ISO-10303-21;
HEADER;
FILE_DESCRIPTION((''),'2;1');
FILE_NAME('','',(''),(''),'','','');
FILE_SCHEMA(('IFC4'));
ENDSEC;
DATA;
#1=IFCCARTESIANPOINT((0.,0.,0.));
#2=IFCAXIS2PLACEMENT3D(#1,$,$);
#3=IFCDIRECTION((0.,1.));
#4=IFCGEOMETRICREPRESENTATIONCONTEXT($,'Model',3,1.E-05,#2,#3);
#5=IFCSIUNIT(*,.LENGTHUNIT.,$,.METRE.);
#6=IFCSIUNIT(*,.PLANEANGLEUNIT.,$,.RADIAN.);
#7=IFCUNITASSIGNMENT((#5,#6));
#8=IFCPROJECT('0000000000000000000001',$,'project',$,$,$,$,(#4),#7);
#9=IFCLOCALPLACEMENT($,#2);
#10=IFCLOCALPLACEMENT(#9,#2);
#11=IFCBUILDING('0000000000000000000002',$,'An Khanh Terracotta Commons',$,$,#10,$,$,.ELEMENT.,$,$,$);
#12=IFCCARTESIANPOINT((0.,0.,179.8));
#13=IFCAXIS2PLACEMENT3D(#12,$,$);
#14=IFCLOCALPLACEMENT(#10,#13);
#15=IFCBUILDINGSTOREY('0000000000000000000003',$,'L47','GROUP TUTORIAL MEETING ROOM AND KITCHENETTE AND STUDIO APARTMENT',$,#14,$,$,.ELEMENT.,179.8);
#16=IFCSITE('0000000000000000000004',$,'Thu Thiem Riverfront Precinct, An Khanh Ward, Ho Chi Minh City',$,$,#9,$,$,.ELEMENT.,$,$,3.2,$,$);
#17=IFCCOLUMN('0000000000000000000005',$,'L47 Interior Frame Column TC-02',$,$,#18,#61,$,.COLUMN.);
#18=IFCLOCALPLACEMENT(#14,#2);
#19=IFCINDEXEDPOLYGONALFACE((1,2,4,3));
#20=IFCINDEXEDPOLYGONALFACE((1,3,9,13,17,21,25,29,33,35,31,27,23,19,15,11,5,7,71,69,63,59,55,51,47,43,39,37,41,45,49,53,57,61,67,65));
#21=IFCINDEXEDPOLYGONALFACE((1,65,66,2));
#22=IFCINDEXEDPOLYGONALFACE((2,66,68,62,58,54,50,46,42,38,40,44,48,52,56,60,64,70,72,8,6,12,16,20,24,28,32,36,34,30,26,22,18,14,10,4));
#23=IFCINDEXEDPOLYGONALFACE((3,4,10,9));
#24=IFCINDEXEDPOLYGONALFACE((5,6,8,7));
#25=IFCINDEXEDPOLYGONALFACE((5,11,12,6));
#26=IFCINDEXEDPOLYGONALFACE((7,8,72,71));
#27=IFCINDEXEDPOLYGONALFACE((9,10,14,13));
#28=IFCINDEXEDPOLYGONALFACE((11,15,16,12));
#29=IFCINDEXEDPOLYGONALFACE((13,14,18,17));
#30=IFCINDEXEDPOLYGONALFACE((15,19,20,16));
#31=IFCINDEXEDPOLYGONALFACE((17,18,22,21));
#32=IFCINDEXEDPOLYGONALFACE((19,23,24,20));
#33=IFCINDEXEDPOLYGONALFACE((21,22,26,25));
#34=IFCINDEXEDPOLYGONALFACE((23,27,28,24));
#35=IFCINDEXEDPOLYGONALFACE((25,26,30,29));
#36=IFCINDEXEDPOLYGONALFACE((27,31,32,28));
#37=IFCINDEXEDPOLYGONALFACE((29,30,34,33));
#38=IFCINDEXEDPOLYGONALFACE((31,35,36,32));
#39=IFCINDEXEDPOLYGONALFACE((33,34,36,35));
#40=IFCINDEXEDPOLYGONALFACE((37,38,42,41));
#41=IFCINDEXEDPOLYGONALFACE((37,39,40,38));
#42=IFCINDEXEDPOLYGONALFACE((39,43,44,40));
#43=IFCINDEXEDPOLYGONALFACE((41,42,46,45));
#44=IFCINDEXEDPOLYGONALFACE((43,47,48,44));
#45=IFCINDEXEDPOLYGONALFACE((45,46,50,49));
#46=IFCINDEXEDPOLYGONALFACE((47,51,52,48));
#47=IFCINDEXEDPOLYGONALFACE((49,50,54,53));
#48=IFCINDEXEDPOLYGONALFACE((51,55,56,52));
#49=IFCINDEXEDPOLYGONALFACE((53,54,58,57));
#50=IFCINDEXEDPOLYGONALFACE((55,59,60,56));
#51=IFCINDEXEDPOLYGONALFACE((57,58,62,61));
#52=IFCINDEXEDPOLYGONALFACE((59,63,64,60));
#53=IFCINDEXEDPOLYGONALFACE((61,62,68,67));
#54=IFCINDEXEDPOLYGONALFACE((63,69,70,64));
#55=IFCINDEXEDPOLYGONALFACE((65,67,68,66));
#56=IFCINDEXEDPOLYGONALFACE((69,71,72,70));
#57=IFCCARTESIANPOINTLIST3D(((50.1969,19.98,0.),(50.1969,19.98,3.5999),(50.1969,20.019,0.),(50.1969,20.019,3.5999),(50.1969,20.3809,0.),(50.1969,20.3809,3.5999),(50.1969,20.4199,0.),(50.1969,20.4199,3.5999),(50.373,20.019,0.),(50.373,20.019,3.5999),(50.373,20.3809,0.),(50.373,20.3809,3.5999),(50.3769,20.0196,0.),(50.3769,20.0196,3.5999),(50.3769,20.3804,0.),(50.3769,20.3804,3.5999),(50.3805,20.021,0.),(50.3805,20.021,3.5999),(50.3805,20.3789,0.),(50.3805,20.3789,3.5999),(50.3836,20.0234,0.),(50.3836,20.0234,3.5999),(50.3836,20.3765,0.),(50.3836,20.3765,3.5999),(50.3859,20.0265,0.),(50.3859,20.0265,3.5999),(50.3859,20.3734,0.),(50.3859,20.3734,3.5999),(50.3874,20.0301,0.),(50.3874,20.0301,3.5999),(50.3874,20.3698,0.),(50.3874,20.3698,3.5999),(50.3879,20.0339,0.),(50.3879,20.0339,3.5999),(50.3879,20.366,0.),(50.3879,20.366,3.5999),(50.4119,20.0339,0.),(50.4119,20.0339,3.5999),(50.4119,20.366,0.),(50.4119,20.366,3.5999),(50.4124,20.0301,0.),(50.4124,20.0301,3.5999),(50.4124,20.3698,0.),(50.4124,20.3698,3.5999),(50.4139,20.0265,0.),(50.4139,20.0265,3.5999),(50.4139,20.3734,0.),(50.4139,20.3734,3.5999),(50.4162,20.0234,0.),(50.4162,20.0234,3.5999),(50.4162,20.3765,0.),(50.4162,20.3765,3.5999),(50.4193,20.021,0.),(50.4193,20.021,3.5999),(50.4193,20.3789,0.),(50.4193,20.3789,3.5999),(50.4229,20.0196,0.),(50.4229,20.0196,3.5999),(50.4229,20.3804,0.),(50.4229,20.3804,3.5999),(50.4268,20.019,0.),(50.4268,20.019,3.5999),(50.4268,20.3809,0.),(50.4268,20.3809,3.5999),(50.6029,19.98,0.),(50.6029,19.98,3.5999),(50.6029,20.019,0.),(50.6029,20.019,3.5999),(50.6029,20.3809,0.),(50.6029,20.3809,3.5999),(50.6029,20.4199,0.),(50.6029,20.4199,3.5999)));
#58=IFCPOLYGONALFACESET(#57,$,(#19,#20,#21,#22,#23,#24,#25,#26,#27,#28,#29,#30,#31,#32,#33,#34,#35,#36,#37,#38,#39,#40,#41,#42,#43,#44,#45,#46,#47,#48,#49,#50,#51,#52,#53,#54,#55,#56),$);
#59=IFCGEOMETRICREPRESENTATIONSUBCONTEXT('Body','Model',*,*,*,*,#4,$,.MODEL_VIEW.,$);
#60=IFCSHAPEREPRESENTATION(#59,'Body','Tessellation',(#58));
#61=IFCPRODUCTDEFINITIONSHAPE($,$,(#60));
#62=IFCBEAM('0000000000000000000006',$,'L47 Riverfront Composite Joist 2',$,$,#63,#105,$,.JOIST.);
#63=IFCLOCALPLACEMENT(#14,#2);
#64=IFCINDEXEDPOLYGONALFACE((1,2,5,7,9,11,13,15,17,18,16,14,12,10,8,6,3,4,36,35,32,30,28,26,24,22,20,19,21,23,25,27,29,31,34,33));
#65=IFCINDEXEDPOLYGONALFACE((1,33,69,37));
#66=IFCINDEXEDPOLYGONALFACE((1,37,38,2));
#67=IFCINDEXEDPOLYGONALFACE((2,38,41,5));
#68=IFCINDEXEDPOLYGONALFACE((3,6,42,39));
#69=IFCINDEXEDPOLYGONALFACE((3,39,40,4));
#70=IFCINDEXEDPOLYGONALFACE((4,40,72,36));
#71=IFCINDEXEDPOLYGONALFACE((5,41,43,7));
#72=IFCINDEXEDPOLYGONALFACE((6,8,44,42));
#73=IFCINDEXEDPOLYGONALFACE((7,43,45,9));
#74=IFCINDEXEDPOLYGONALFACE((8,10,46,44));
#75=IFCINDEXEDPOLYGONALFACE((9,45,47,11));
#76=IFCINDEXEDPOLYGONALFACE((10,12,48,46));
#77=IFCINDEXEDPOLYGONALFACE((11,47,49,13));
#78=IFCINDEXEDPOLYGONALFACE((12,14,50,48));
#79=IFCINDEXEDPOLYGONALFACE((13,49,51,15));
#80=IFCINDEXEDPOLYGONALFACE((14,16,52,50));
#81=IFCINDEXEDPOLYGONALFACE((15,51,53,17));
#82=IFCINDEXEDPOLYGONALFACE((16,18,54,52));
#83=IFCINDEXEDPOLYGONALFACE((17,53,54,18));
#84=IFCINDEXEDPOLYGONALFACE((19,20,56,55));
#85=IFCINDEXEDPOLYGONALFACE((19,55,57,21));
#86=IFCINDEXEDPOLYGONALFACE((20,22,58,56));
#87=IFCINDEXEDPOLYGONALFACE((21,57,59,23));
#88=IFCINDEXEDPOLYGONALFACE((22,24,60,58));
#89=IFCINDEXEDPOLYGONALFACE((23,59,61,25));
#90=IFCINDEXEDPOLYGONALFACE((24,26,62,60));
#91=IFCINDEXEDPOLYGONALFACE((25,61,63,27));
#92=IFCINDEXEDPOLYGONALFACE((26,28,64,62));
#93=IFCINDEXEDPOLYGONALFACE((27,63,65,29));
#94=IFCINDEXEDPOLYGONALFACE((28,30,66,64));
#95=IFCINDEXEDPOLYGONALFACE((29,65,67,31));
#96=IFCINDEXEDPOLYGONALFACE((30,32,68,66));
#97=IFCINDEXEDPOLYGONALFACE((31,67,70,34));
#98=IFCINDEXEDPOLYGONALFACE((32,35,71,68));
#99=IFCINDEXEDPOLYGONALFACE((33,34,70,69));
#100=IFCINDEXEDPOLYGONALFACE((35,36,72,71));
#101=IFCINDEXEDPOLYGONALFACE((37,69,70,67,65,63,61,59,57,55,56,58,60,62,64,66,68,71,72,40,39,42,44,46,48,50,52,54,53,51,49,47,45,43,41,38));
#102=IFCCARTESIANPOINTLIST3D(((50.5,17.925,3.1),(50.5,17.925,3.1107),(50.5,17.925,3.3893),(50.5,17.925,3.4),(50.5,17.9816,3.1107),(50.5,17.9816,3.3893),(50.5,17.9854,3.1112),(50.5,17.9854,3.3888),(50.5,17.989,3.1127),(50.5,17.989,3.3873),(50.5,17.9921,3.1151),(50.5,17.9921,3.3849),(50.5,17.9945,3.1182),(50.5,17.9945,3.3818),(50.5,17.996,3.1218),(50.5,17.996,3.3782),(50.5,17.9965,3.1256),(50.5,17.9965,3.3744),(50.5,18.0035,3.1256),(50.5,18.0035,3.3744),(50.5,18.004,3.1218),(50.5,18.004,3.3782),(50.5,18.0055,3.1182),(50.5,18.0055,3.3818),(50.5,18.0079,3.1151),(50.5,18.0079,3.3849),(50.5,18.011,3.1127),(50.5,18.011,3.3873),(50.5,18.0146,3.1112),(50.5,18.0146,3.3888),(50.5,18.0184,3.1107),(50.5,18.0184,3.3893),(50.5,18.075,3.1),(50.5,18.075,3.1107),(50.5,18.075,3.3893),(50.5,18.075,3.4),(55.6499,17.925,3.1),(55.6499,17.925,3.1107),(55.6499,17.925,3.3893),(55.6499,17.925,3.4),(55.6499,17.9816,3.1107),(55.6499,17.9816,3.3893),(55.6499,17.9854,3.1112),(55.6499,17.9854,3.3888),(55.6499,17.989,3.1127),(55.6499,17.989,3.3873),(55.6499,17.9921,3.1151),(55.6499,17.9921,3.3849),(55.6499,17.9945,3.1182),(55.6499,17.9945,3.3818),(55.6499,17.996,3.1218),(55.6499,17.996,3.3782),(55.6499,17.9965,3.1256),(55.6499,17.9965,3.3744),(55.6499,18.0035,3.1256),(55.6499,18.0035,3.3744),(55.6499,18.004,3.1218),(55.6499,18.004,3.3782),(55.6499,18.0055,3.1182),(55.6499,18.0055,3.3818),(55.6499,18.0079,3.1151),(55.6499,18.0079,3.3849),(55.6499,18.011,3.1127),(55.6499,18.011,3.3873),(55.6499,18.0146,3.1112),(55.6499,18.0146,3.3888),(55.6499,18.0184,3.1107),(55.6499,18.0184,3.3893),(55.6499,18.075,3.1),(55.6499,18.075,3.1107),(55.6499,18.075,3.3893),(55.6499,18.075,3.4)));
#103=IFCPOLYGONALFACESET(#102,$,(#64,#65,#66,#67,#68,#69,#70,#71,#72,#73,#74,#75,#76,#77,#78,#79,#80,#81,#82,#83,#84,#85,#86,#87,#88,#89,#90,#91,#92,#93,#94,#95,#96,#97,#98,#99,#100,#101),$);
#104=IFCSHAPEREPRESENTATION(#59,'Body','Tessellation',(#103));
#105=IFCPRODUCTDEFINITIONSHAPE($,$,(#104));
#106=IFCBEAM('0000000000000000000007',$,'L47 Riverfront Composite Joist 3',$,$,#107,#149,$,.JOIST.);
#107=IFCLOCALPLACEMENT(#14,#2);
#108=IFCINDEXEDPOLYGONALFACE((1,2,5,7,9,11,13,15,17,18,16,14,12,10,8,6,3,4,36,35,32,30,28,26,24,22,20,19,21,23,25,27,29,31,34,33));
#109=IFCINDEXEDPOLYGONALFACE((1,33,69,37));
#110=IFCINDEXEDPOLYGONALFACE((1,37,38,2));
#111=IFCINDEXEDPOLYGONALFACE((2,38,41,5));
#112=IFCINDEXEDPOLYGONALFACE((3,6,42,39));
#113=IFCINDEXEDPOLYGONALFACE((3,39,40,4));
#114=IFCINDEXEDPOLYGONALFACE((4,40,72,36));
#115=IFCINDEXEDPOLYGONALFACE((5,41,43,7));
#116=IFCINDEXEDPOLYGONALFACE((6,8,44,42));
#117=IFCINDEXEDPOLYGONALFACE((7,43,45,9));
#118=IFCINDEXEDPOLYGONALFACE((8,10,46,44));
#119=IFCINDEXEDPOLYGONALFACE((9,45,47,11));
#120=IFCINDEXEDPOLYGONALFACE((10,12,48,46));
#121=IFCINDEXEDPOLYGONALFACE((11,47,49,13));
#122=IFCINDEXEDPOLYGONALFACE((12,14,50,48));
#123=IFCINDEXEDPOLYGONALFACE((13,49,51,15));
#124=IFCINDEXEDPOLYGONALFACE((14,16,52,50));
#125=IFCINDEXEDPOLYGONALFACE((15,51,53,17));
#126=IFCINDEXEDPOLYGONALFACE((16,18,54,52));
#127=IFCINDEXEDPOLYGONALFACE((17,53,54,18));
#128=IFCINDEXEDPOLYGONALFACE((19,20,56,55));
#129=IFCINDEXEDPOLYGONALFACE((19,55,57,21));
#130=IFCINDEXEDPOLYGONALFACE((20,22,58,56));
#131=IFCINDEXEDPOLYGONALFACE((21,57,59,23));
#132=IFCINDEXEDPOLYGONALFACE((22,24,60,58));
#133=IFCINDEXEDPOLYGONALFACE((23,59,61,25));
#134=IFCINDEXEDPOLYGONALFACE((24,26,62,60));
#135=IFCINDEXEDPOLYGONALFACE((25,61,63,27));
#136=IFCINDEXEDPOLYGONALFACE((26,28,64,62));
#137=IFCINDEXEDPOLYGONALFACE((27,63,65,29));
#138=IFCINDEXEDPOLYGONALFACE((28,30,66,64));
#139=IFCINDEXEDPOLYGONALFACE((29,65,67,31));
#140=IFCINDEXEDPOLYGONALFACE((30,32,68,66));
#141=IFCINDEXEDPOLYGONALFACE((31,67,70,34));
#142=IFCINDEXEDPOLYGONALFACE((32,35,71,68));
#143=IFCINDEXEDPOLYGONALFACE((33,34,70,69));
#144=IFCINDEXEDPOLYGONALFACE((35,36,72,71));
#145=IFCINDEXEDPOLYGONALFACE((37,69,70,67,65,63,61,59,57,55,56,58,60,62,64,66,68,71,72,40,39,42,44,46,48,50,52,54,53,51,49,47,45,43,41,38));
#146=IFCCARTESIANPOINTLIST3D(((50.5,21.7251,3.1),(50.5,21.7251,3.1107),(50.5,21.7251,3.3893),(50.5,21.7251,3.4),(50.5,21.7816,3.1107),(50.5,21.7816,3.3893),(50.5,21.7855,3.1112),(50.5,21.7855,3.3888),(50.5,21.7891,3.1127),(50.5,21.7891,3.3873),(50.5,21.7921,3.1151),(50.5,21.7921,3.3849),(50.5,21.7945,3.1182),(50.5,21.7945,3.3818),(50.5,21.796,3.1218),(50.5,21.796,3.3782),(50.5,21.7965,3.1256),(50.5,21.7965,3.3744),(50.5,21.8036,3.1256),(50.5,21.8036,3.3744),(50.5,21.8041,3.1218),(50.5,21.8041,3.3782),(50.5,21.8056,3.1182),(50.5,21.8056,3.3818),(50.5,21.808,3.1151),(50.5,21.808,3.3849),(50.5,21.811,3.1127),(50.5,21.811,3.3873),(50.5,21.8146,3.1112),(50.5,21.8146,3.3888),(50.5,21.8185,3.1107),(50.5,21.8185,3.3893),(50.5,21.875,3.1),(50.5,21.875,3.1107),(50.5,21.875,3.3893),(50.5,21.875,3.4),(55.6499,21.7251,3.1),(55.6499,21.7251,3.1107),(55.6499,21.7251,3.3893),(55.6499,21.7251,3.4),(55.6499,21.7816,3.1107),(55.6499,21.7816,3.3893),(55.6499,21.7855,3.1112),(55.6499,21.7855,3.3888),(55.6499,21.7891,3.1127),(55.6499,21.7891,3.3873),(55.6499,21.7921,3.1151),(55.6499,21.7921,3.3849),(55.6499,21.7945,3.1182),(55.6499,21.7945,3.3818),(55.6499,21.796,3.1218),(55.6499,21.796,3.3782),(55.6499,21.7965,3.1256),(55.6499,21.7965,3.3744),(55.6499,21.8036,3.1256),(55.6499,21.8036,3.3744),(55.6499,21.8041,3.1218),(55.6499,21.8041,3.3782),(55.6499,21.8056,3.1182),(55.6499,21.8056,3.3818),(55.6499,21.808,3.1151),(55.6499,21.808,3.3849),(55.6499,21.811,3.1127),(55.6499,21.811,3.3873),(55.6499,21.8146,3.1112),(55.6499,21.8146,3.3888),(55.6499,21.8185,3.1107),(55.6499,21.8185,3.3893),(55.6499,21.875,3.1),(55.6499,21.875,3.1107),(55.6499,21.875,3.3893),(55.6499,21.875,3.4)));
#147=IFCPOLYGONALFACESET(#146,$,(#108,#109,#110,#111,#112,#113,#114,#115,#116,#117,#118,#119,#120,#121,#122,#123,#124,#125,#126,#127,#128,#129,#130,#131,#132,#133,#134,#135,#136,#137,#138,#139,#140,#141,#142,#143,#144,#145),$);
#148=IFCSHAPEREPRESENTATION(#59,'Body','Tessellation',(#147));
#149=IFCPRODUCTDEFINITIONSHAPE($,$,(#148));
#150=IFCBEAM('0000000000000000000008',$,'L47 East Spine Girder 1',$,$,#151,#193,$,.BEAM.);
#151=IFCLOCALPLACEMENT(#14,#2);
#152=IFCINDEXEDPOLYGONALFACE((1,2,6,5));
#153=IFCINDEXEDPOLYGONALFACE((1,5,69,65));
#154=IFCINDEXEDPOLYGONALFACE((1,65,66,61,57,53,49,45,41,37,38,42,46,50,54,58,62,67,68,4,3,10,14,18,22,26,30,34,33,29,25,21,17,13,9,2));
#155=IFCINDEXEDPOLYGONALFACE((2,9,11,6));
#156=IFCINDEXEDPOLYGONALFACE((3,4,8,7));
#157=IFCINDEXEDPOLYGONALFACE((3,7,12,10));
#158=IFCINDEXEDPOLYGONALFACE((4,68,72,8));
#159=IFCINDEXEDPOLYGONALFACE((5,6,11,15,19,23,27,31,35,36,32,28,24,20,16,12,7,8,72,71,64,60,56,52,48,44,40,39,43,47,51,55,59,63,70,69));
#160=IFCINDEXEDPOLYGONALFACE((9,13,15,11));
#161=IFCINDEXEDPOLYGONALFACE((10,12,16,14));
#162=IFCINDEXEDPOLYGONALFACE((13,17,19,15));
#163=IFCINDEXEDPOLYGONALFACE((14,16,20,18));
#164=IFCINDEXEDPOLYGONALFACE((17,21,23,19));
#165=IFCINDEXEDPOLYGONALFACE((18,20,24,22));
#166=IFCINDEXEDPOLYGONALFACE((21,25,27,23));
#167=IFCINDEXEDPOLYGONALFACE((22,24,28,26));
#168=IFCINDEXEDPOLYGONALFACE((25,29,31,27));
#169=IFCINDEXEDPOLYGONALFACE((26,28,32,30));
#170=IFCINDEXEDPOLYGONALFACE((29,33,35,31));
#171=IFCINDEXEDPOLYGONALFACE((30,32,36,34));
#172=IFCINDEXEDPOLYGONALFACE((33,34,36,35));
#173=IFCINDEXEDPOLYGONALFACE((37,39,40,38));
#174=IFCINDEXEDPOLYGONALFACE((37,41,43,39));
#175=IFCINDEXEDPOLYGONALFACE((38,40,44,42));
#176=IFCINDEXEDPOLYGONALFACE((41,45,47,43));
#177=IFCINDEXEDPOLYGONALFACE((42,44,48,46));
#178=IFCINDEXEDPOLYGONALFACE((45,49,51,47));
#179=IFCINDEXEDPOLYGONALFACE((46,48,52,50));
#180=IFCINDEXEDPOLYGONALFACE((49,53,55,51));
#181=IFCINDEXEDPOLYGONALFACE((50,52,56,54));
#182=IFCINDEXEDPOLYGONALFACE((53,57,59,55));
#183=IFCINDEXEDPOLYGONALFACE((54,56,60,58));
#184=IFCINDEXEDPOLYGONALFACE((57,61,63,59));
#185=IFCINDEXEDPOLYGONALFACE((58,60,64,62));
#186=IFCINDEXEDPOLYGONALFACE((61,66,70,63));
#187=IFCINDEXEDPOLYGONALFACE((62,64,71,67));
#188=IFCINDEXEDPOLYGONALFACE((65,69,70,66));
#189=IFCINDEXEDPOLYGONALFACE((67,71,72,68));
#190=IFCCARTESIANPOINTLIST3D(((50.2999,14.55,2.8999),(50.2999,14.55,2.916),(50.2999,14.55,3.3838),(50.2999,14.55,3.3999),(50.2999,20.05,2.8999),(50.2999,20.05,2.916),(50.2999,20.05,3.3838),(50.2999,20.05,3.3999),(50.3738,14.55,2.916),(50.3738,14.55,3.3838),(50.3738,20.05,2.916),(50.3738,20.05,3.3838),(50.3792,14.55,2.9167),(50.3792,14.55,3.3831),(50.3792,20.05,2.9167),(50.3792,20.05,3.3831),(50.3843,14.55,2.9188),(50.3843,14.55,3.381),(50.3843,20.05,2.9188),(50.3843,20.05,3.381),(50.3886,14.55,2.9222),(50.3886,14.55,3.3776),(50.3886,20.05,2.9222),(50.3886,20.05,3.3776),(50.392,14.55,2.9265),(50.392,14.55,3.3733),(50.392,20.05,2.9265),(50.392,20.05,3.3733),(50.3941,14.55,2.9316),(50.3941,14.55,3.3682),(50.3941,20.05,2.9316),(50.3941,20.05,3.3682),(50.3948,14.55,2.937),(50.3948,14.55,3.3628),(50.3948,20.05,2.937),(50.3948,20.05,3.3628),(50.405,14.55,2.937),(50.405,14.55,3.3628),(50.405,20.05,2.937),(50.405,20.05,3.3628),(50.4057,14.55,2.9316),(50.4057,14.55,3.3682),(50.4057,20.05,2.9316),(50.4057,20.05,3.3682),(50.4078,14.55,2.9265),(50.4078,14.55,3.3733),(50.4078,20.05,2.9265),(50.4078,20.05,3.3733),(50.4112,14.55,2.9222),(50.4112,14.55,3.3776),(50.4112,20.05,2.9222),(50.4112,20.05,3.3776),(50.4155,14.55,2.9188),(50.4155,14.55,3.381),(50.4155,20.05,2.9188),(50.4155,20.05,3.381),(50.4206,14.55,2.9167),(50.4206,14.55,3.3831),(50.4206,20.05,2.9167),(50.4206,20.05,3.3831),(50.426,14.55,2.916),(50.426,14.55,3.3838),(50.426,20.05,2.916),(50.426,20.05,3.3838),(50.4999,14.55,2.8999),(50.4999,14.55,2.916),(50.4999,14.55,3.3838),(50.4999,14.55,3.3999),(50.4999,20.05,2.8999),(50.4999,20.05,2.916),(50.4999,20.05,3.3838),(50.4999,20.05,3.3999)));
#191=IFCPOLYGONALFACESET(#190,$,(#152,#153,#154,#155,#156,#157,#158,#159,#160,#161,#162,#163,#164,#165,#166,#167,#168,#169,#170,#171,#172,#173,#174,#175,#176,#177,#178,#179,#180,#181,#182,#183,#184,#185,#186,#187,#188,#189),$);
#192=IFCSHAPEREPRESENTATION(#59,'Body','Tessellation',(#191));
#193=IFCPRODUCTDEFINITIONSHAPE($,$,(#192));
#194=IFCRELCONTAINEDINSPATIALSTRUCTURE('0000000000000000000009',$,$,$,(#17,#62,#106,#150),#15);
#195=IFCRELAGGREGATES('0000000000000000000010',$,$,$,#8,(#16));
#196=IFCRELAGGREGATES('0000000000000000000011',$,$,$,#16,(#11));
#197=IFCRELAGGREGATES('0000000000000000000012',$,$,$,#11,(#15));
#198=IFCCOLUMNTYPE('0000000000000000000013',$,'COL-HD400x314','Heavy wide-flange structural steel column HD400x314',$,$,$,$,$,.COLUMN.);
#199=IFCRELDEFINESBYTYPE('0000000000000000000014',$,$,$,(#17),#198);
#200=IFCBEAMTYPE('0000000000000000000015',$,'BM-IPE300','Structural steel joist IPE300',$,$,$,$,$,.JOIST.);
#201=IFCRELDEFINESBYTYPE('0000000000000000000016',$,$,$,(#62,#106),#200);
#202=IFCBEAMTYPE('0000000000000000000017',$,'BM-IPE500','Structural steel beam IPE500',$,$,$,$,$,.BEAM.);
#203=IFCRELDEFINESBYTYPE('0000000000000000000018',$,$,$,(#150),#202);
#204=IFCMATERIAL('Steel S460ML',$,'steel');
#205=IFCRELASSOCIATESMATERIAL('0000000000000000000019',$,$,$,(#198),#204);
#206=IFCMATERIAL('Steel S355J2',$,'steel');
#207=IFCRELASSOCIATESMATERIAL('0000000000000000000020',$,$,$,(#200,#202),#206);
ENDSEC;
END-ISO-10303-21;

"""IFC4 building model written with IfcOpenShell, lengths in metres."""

from ifc_helpers import new_model, si_unit, direction, frame, origin, origin_2d, place, context, subcontext, project, spatial, i_section, extrude, material, material_profile, profile_set, type_object, element, save


model = new_model("IFC4")

# Units and contexts
model_context = context("Model", 3, precision=1e-05, world=origin(), true_north=direction((0.0, 1.0)))
body_context = subcontext(model_context, "Body", "Model", "MODEL_VIEW")
ifc_project = project(units=[si_unit("LENGTHUNIT", "METRE"), si_unit("PLANEANGLEUNIT", "RADIAN")], contexts=[model_context])

# Site, building, storey
site_placement = place(None, origin())
site = spatial("IfcSite", under=ifc_project, at=site_placement, Name="Thu Thiem Riverfront Precinct, An Khanh Ward, Ho Chi Minh City", CompositionType="ELEMENT", RefElevation=3.2)
building_placement = place(site_placement, origin())
building = spatial("IfcBuilding", under=site, at=building_placement, Name="An Khanh Terracotta Commons", CompositionType="ELEMENT")
storey_placement = place(building_placement, frame((0.0, 0.0, 179.8)))
storey = spatial("IfcBuildingStorey", under=building, at=storey_placement, Name="L47", Description="GROUP TUTORIAL MEETING ROOM AND KITCHENETTE AND STUDIO APARTMENT", CompositionType="ELEMENT", Elevation=179.8)

# Column
ifc_material_1 = material(Name="Steel S460ML", Category="steel")
ifc_material_profile_1 = material_profile(ifc_material_1, i_section(OverallWidth=0.406, OverallDepth=0.4399, WebThickness=0.0239, FlangeThickness=0.0391, FilletRadius=0.0149, at=origin_2d()), Name="HD400x314")
ifc_profile_set_1 = profile_set([ifc_material_profile_1], Name="Steel S460ML")
column_type = type_object("IfcColumnType", Name="COL-HD400x314", Description="Heavy wide-flange structural steel column HD400x314", PredefinedType="COLUMN", material=ifc_profile_set_1)
column_placement = place(storey_placement, frame((50.3999, 20.2, 0.0), z_axis=(0.0, 0.0, 1.0), x_axis=(1.0, 0.0, 0.0)))
element("IfcColumn", 1, at=column_placement, inside=storey, type_object=column_type, Name="L47 Interior Frame Column TC-02", PredefinedType="COLUMN", context=body_context, shape_type="SweptSolid", body=[
    extrude(i_section(OverallWidth=0.406, OverallDepth=0.4399, WebThickness=0.0239, FlangeThickness=0.0391, FilletRadius=0.0149, at=origin_2d()), origin(), (0.0, 0.0, 1.0), 3.5999),
])

# Beams
ifc_material_2 = material(Name="Steel S355J2", Category="steel")
ifc_material_profile_2 = material_profile(ifc_material_2, i_section(OverallWidth=0.1499, OverallDepth=0.3, WebThickness=0.0071, FlangeThickness=0.0107, FilletRadius=0.0149, at=origin_2d()), Name="IPE300")
ifc_profile_set_2 = profile_set([ifc_material_profile_2], Name="Steel S355J2")
beam_type_1 = type_object("IfcBeamType", Name="BM-IPE300", Description="Structural steel joist IPE300", PredefinedType="JOIST", material=ifc_profile_set_2)
for number, where, z_axis, x_axis, name in (
    (2, (50.5, 18.0, 3.25), (1.0, 0.0, 0.0), (0.0, 1.0, 0.0), "L47 Riverfront Composite Joist 2"),
    (3, (50.5, 21.8, 3.25), (1.0, 0.0, 0.0), (0.0, 1.0, 0.0), "L47 Riverfront Composite Joist 3"),
):
    element("IfcBeam", number, at=place(storey_placement, frame(where, z_axis=z_axis, x_axis=x_axis)), inside=storey, type_object=beam_type_1, Name=name, PredefinedType="JOIST", context=body_context, shape_type="SweptSolid", body=[
        extrude(i_section(OverallWidth=0.1499, OverallDepth=0.3, WebThickness=0.0071, FlangeThickness=0.0107, FilletRadius=0.0149, at=origin_2d()), origin(), (0.0, 0.0, 1.0), 5.1499),
    ])
ifc_material_profile_3 = material_profile(ifc_material_2, i_section(OverallWidth=0.2, OverallDepth=0.5, WebThickness=0.0103, FlangeThickness=0.0161, FilletRadius=0.021, at=origin_2d()), Name="IPE500")
ifc_profile_set_3 = profile_set([ifc_material_profile_3], Name="Steel S355J2")
beam_type_2 = type_object("IfcBeamType", Name="BM-IPE500", Description="Structural steel beam IPE500", PredefinedType="BEAM", material=ifc_profile_set_3)
beam_1_placement = place(storey_placement, frame((50.3999, 14.55, 3.1499), z_axis=(0.0, 1.0, 0.0), x_axis=(-1.0, 0.0, 0.0)))
element("IfcBeam", 4, at=beam_1_placement, inside=storey, type_object=beam_type_2, Name="L47 East Spine Girder 1", PredefinedType="BEAM", context=body_context, shape_type="SweptSolid", body=[
    extrude(i_section(OverallWidth=0.2, OverallDepth=0.5, WebThickness=0.0103, FlangeThickness=0.0161, FilletRadius=0.021, at=origin_2d()), origin(), (0.0, 0.0, 1.0), 5.5),
])

save(model, "model.ifc")
